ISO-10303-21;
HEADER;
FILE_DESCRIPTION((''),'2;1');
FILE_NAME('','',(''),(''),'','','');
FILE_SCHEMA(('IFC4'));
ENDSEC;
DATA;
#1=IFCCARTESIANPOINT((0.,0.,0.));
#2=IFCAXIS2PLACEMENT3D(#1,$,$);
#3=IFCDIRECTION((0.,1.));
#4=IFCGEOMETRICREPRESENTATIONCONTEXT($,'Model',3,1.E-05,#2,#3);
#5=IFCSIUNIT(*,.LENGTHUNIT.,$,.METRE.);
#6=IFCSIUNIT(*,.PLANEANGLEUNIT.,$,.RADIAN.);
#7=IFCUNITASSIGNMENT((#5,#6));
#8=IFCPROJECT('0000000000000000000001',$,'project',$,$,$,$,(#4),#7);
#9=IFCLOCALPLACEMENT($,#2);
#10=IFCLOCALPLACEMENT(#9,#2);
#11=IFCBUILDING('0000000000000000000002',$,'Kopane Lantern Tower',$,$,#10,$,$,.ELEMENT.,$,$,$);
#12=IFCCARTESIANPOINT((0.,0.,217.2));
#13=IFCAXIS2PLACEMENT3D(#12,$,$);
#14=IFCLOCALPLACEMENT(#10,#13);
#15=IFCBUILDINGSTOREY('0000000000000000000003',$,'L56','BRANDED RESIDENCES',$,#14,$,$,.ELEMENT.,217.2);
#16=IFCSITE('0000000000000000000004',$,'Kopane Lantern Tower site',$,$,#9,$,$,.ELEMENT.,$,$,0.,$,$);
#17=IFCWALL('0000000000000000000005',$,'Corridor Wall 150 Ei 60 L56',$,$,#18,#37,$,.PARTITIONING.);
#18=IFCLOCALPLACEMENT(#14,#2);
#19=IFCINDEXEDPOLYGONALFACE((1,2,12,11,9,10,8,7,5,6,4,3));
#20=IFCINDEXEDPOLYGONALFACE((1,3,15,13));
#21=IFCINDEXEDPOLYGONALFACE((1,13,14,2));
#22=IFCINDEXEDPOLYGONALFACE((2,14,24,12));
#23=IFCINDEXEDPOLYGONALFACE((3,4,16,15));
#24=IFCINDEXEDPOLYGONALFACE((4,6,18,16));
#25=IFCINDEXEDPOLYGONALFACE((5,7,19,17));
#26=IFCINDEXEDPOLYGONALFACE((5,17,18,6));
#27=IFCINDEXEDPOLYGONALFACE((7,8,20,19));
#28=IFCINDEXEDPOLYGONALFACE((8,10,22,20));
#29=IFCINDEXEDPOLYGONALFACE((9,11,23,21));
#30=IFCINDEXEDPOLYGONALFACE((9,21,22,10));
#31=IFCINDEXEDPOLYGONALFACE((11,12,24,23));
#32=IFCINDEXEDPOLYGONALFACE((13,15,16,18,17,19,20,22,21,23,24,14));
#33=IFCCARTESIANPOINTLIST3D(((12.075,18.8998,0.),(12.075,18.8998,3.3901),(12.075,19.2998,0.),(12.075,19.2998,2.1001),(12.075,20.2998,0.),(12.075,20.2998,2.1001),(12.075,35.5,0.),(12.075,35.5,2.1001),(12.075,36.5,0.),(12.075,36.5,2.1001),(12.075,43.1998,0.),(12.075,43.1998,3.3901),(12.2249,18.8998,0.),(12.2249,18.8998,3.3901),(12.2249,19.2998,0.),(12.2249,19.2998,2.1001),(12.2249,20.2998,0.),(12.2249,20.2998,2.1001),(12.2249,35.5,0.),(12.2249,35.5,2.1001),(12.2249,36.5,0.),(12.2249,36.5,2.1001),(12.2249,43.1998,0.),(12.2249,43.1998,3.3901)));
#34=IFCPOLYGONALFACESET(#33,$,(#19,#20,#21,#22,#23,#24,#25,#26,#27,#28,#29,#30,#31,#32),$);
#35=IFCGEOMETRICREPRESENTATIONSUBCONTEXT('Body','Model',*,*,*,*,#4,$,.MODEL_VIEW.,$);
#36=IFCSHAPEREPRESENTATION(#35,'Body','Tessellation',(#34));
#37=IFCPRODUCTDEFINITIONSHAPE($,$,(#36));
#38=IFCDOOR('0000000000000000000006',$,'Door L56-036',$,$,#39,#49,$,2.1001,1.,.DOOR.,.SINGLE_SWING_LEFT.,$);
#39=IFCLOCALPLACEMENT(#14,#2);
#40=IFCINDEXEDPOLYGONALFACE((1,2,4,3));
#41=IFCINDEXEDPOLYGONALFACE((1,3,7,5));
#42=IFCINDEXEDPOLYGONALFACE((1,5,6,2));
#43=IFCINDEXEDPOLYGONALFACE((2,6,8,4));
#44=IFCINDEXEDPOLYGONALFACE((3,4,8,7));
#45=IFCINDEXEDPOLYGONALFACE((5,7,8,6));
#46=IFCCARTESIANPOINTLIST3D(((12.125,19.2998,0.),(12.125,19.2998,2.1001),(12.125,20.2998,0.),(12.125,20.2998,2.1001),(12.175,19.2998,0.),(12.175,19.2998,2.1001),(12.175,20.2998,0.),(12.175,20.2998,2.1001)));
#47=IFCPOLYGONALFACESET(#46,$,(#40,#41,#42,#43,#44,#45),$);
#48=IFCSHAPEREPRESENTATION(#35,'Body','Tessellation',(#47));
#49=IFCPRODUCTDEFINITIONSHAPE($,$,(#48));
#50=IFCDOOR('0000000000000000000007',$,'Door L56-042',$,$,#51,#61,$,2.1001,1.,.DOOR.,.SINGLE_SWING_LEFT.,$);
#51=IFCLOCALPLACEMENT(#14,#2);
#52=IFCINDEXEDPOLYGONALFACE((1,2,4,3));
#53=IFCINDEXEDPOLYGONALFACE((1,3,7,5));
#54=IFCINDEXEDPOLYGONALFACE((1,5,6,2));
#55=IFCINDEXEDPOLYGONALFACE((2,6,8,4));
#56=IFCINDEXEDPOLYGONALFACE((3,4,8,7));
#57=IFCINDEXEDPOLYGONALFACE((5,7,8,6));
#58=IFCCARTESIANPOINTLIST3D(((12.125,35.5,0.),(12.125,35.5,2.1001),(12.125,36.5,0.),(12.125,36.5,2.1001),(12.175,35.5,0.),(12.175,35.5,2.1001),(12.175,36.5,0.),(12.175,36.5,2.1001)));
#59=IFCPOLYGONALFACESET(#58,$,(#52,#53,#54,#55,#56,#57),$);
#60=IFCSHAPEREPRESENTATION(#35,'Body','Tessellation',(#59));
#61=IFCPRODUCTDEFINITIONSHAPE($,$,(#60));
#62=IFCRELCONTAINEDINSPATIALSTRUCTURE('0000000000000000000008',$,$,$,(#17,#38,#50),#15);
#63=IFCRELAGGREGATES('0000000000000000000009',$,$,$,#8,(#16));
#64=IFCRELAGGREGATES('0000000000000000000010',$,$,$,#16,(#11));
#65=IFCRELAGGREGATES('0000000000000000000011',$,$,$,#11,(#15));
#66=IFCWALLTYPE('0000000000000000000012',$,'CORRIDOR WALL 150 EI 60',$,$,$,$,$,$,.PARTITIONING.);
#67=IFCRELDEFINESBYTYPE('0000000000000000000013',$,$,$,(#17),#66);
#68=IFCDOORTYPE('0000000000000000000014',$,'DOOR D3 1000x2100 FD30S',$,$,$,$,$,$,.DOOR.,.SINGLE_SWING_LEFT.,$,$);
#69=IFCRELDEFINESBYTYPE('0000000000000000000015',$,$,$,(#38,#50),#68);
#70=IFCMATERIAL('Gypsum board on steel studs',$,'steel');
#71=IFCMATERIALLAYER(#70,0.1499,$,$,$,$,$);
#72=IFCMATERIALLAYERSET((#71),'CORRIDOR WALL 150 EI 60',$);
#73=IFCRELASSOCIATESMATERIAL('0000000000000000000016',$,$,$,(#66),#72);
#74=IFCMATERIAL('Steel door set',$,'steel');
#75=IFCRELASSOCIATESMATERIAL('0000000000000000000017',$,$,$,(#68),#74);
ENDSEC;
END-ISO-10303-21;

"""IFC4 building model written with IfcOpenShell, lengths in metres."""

from ifc_helpers import new_model, si_unit, direction, frame, frame_2d, origin, place, context, subcontext, project, spatial, rectangle, extrude, material, layer, layer_set, type_object, element, fill, save


model = new_model("IFC4")

# Units and contexts
model_context = context("Model", 3, precision=1e-05, world=origin(), true_north=direction((0.0, 1.0)))
body_context = subcontext(model_context, "Body", "Model", "MODEL_VIEW")
ifc_project = project(units=[si_unit("LENGTHUNIT", "METRE"), si_unit("PLANEANGLEUNIT", "RADIAN")], contexts=[model_context])

# Site, building, storey
site_placement = place(None, origin())
site = spatial("IfcSite", under=ifc_project, at=site_placement, Name="Kopane Lantern Tower site", CompositionType="ELEMENT", RefElevation=0.0)
building_placement = place(site_placement, origin())
building = spatial("IfcBuilding", under=site, at=building_placement, Name="Kopane Lantern Tower", CompositionType="ELEMENT")
storey_placement = place(building_placement, frame((0.0, 0.0, 217.2)))
storey = spatial("IfcBuildingStorey", under=building, at=storey_placement, Name="L56", Description="BRANDED RESIDENCES", CompositionType="ELEMENT", Elevation=217.2)

# Wall, openings, doors
ifc_material_1 = material(Name="Gypsum board on steel studs", Category="steel")
ifc_layer_1 = layer(ifc_material_1, 0.1499)
ifc_layer_set_1 = layer_set([ifc_layer_1], Name="CORRIDOR WALL 150 EI 60")
wall_type_1 = type_object("IfcWallType", Name="CORRIDOR WALL 150 EI 60", PredefinedType="PARTITIONING", material=ifc_layer_set_1)
ifc_material_2 = material(Name="Steel door set", Category="steel")
door_type_1 = type_object("IfcDoorType", Name="DOOR D3 1000x2100 FD30S", OperationType="SINGLE_SWING_LEFT", PredefinedType="DOOR", material=ifc_material_2)
wall_1_placement = place(storey_placement, frame((12.1499, 18.8999, 0.0), z_axis=(0.0, 0.0, 1.0), x_axis=(0.0, 1.0, 0.0)))
wall_1 = element("IfcWall", 1, at=wall_1_placement, inside=storey, type_object=wall_type_1, Name="Corridor Wall 150 Ei 60 L56", PredefinedType="PARTITIONING", context=body_context, shape_type="SweptSolid", body=[
    extrude(rectangle(XDim=24.3, YDim=0.1499, at=frame_2d((12.1499, 0.0))), origin(), (0.0, 0.0, 1.0), 3.3901),
])
opening_1_placement = place(wall_1_placement, frame((0.3999, 0.0, 0.0)))
opening_1 = element("IfcOpeningElement", 2, at=opening_1_placement, cuts=wall_1, PredefinedType="OPENING", context=body_context, shape_type="SweptSolid", body=[
    extrude(rectangle(XDim=1.0, YDim=2.1001, at=frame_2d((0.5, 1.05))), frame((0.0, 0.085, 0.0), z_axis=(0.0, -1.0, 0.0), x_axis=(1.0, 0.0, 0.0)), (0.0, 0.0, 1.0), 0.1699),
])
opening_2_placement = place(wall_1_placement, frame((16.6001, 0.0, 0.0)))
opening_2 = element("IfcOpeningElement", 3, at=opening_2_placement, cuts=wall_1, PredefinedType="OPENING", context=body_context, shape_type="SweptSolid", body=[
    extrude(rectangle(XDim=1.0, YDim=2.1001, at=frame_2d((0.5, 1.05))), frame((0.0, 0.085, 0.0), z_axis=(0.0, -1.0, 0.0), x_axis=(1.0, 0.0, 0.0)), (0.0, 0.0, 1.0), 0.1699),
])
door_1_placement = place(opening_1_placement, origin())
door_1 = element("IfcDoor", 4, at=door_1_placement, inside=storey, type_object=door_type_1, Name="Door L56-036", OperationType="SINGLE_SWING_LEFT", OverallHeight=2.1001, OverallWidth=1.0, PredefinedType="DOOR", context=body_context, shape_type="SweptSolid", body=[
    extrude(rectangle(XDim=1.0, YDim=2.1001, at=frame_2d((0.5, 1.05))), frame((0.0, 0.0249, 0.0), z_axis=(0.0, -1.0, 0.0), x_axis=(1.0, 0.0, 0.0)), (0.0, 0.0, 1.0), 0.05),
])
fill(opening_1, door_1)
door_2_placement = place(opening_2_placement, origin())
door_2 = element("IfcDoor", 5, at=door_2_placement, inside=storey, type_object=door_type_1, Name="Door L56-042", OperationType="SINGLE_SWING_LEFT", OverallHeight=2.1001, OverallWidth=1.0, PredefinedType="DOOR", context=body_context, shape_type="SweptSolid", body=[
    extrude(rectangle(XDim=1.0, YDim=2.1001, at=frame_2d((0.5, 1.05))), frame((0.0, 0.0249, 0.0), z_axis=(0.0, -1.0, 0.0), x_axis=(1.0, 0.0, 0.0)), (0.0, 0.0, 1.0), 0.05),
])
fill(opening_2, door_2)

save(model, "model.ifc")
